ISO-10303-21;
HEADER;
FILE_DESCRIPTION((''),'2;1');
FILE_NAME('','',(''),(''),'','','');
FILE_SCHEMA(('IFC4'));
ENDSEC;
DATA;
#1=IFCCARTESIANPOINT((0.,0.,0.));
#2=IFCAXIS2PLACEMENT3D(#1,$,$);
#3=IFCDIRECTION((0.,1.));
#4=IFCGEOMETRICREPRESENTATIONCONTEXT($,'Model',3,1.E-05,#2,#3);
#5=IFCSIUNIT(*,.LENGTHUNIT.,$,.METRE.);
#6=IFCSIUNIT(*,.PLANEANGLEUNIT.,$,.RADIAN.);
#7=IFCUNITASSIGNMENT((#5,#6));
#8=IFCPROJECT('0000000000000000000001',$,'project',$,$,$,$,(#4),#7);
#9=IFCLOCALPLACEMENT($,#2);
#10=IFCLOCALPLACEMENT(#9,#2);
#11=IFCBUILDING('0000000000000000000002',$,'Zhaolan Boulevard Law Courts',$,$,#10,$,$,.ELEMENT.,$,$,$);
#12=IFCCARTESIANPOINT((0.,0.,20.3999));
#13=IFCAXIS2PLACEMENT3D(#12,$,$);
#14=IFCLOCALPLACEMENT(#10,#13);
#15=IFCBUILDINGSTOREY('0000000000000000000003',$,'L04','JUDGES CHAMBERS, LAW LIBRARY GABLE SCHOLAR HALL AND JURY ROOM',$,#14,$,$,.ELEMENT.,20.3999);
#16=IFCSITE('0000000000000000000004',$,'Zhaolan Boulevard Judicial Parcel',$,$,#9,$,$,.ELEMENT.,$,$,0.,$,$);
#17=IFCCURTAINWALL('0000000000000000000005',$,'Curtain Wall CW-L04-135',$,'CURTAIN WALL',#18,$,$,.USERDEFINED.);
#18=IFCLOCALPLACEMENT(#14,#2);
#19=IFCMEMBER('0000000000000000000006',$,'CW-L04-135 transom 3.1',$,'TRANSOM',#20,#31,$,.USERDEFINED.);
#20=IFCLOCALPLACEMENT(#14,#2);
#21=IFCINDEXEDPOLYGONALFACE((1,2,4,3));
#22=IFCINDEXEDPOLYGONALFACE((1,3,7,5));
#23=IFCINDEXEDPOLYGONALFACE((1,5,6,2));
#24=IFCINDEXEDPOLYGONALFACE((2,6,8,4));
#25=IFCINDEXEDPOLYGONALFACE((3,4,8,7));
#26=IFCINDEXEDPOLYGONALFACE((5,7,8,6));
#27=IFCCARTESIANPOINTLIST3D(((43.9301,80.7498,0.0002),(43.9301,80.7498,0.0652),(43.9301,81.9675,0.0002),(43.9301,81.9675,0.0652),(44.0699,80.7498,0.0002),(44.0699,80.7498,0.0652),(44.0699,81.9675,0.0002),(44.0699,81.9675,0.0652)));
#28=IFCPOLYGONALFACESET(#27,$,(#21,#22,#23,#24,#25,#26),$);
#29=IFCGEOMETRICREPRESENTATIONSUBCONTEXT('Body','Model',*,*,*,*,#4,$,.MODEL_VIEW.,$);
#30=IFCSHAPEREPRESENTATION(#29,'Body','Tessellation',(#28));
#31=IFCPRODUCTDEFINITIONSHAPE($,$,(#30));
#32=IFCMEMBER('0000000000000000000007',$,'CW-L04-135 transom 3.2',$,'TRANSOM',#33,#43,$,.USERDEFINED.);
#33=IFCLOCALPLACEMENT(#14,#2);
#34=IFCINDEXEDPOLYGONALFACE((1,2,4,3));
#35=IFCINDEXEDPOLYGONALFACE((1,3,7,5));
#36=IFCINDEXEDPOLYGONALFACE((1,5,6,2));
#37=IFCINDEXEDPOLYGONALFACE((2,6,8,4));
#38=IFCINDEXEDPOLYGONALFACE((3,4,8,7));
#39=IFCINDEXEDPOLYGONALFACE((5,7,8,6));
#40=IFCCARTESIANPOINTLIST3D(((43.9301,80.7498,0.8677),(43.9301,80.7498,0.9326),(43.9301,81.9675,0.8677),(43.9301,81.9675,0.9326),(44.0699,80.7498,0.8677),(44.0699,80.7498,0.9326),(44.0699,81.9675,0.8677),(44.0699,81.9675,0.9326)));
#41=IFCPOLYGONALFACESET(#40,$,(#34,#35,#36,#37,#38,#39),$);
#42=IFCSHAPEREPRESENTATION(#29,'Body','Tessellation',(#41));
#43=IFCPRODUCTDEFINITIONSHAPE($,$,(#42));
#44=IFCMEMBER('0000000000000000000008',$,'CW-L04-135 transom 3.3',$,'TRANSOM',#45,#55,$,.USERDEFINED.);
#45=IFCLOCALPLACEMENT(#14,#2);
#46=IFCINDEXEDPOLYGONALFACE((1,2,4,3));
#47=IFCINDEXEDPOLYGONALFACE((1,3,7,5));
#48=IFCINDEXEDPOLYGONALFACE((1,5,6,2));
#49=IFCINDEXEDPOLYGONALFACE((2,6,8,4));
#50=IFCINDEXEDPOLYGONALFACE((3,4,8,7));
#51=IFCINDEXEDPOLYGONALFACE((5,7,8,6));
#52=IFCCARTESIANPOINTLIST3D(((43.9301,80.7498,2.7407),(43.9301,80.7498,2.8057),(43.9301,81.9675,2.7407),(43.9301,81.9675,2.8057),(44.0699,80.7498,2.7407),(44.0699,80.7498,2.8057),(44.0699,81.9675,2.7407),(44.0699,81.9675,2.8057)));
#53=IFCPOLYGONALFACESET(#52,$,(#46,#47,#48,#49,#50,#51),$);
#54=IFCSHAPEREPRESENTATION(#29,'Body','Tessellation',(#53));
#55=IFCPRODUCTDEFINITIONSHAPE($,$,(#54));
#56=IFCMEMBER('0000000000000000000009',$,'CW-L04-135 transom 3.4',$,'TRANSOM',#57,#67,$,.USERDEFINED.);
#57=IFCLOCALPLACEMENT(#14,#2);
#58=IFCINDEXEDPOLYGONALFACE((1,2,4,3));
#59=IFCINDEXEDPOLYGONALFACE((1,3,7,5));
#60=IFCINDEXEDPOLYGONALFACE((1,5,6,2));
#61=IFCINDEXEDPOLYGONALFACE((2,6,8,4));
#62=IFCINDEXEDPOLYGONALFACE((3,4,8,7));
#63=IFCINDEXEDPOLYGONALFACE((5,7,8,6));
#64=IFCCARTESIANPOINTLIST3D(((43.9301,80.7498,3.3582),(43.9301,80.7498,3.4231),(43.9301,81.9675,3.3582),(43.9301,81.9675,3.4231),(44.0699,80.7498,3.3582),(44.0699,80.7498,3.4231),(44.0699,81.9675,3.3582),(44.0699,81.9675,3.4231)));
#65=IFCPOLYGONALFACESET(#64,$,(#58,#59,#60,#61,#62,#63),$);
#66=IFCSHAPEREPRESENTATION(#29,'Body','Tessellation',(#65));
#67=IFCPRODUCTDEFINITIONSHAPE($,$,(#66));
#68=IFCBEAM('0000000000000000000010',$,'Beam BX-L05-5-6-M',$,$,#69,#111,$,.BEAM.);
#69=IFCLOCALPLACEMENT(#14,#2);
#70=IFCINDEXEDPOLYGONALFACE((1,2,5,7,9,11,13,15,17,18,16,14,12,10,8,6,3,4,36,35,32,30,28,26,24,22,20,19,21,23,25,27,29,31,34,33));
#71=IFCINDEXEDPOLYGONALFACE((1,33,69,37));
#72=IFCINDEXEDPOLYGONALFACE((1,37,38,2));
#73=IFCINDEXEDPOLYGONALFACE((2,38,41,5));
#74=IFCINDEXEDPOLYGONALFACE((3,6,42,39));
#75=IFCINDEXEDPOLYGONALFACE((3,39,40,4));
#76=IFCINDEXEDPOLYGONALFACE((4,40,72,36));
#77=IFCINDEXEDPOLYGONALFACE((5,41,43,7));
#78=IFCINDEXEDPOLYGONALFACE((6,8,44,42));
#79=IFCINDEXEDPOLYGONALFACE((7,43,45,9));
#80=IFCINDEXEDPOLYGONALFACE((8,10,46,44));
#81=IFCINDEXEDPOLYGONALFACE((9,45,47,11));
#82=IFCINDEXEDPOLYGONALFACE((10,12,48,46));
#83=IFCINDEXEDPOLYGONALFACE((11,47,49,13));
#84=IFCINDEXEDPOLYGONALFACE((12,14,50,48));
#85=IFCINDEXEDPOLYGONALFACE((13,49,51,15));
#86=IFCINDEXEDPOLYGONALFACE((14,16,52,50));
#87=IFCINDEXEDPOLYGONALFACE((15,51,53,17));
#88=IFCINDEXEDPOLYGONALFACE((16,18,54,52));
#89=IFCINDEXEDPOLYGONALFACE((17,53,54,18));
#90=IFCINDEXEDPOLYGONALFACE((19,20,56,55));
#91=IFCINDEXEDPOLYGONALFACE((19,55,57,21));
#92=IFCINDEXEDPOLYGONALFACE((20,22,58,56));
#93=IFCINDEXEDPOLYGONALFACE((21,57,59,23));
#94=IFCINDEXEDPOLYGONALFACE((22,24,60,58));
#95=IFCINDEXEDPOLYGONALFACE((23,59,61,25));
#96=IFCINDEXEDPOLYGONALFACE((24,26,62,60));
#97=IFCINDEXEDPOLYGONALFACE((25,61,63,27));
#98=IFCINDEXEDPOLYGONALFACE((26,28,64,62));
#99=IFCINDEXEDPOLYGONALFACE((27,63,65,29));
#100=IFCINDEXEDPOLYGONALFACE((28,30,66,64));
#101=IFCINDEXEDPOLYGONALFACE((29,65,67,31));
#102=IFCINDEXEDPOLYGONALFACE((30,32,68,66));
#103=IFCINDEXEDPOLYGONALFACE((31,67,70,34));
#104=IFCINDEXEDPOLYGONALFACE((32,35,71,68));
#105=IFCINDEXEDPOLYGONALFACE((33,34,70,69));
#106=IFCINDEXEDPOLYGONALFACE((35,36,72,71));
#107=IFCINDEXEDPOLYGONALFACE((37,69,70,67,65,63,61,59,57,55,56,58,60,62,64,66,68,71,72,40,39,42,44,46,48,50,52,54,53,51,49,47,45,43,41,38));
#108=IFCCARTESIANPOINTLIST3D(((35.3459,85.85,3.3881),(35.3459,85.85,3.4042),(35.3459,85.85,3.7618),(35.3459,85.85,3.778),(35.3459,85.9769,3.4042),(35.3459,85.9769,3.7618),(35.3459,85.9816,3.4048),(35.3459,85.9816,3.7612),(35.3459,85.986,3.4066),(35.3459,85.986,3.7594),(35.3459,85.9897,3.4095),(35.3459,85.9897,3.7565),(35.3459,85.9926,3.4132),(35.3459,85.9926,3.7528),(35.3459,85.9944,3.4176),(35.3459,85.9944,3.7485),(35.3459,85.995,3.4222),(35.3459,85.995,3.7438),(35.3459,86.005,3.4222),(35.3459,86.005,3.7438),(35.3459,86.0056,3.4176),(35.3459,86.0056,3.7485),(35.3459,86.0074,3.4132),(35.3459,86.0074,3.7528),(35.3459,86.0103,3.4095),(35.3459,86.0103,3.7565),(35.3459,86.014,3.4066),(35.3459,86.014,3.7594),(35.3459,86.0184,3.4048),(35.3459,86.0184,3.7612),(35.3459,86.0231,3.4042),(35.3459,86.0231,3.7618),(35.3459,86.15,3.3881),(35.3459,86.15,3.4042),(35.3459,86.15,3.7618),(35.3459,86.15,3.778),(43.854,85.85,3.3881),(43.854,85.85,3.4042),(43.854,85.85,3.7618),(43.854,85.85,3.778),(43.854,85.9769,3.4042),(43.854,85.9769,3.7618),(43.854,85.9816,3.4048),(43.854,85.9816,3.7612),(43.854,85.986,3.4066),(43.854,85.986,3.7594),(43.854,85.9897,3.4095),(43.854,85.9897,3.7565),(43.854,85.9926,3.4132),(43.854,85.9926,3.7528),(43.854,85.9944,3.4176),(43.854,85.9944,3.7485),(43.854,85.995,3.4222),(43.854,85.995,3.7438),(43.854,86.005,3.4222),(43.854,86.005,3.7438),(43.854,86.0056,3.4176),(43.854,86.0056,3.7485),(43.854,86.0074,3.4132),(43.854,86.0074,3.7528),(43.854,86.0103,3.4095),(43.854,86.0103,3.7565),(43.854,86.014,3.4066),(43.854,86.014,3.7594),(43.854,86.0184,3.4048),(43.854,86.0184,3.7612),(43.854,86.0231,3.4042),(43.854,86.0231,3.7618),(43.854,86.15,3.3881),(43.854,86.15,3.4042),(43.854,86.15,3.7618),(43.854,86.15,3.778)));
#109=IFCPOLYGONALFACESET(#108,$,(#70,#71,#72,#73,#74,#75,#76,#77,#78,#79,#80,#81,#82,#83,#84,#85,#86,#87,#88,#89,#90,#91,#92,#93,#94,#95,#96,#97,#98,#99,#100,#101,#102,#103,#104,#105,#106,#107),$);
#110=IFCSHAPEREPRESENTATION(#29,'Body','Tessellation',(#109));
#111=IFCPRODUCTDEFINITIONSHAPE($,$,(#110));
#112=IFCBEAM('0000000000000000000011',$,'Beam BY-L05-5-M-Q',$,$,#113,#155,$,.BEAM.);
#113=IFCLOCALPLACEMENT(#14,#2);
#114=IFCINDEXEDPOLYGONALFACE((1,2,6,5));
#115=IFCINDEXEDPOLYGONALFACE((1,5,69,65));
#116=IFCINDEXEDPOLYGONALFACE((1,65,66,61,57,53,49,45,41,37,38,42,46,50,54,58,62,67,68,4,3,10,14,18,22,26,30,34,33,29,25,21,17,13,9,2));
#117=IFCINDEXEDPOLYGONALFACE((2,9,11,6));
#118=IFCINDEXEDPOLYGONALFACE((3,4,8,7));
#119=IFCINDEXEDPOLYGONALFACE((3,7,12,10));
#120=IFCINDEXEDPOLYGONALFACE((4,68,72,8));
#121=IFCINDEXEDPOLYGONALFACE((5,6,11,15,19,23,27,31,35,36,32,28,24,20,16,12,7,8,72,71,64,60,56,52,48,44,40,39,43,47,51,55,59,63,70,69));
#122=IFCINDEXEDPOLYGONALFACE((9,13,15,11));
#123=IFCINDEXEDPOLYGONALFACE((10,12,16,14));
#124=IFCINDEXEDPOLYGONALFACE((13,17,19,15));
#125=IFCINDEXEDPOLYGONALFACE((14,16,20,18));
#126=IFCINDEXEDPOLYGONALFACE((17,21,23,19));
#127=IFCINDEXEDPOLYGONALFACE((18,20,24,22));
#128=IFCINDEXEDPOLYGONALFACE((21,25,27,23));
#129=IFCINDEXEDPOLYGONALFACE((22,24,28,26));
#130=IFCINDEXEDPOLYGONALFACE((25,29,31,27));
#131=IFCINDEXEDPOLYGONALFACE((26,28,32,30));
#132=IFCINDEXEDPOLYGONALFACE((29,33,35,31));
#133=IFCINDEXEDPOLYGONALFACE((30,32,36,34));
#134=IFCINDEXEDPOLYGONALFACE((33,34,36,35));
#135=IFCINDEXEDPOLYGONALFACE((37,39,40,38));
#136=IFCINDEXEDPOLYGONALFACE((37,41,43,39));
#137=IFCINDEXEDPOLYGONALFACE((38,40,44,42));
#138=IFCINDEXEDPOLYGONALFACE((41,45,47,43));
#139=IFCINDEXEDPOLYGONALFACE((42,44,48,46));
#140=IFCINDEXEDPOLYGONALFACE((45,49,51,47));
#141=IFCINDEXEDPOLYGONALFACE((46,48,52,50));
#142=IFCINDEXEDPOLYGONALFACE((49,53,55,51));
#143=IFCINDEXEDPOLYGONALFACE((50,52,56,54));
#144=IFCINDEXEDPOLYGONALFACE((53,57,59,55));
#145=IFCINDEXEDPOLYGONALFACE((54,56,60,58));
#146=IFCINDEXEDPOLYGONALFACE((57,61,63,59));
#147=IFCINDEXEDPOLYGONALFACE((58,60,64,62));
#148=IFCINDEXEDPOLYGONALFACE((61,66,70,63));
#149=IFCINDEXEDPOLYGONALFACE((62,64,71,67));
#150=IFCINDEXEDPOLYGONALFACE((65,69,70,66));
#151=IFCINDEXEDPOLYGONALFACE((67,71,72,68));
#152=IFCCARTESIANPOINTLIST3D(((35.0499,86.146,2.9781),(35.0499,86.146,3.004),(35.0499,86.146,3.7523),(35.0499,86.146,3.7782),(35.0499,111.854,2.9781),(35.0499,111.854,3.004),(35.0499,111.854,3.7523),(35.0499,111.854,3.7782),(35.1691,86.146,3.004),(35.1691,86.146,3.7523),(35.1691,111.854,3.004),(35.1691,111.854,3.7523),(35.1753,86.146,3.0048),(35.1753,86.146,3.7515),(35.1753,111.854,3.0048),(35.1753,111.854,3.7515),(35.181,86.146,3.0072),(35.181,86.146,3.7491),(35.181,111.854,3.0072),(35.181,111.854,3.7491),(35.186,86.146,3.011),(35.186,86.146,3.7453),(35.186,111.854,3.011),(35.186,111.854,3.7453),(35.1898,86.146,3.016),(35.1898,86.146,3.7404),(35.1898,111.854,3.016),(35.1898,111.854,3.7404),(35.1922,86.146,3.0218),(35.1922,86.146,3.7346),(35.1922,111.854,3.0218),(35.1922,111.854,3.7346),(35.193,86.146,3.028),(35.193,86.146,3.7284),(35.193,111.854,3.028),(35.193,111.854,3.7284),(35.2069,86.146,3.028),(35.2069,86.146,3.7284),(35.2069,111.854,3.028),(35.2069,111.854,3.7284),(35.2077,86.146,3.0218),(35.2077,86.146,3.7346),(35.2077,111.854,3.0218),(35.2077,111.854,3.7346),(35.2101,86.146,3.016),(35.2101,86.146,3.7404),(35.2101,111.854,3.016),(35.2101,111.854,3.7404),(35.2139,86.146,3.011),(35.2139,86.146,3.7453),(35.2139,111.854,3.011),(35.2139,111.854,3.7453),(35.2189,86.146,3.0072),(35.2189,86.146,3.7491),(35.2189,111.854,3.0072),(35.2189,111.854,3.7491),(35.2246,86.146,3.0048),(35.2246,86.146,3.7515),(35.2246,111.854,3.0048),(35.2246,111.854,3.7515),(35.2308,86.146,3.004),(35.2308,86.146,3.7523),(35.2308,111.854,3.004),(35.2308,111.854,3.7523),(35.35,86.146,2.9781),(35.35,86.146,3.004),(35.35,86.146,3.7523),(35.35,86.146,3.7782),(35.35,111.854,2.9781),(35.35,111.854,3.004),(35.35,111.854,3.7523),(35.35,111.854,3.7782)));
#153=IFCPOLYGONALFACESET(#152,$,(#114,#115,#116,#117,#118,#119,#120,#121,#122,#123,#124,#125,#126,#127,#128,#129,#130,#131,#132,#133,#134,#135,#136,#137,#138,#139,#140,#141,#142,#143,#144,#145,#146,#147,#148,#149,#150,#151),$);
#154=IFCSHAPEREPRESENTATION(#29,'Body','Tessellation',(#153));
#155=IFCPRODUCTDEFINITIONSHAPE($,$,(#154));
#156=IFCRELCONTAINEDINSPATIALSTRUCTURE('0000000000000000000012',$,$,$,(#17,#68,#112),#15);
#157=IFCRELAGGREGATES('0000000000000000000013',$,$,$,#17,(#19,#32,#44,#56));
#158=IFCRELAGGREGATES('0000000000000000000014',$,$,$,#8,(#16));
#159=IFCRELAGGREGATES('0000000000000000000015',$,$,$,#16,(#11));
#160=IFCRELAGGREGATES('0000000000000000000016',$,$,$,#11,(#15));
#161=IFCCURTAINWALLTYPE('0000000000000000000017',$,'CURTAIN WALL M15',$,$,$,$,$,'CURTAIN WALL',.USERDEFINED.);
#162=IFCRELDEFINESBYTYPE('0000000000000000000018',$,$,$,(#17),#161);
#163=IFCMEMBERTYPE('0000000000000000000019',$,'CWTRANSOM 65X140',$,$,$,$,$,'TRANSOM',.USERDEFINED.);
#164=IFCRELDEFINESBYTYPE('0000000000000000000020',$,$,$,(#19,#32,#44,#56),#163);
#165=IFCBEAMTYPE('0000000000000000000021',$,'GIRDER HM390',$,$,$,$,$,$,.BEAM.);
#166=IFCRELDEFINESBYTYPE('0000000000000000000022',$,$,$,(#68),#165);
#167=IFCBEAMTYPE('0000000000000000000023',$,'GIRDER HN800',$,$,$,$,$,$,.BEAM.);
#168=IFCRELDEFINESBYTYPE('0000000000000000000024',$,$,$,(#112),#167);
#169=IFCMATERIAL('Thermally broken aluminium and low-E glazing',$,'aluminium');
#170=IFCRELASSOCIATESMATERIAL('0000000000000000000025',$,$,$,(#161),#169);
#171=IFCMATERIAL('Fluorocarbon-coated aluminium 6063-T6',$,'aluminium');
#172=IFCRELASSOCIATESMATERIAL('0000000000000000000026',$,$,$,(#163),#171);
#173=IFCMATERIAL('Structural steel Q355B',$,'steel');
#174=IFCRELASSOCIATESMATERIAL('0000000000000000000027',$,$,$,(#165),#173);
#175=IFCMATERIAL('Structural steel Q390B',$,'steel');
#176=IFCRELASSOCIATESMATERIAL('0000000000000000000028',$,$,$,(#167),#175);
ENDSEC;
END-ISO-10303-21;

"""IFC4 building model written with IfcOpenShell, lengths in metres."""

from ifc_helpers import new_model, si_unit, direction, frame, origin, origin_2d, place, context, subcontext, project, spatial, rectangle, i_section, extrude, material, material_profile, profile_set, type_object, element, aggregate, save


model = new_model("IFC4")

# Units and contexts
model_context = context("Model", 3, precision=1e-05, world=origin(), true_north=direction((0.0, 1.0)))
body_context = subcontext(model_context, "Body", "Model", "MODEL_VIEW")
ifc_project = project(units=[si_unit("LENGTHUNIT", "METRE"), si_unit("PLANEANGLEUNIT", "RADIAN")], contexts=[model_context])

# Site, building, storey
site_placement = place(None, origin())
site = spatial("IfcSite", under=ifc_project, at=site_placement, Name="Zhaolan Boulevard Judicial Parcel", CompositionType="ELEMENT", RefElevation=0.0)
building_placement = place(site_placement, origin())
building = spatial("IfcBuilding", under=site, at=building_placement, Name="Zhaolan Boulevard Law Courts", CompositionType="ELEMENT")
storey_placement = place(building_placement, frame((0.0, 0.0, 20.3999)))
storey = spatial("IfcBuildingStorey", under=building, at=storey_placement, Name="L04", Description="JUDGES CHAMBERS, LAW LIBRARY GABLE SCHOLAR HALL AND JURY ROOM", CompositionType="ELEMENT", Elevation=20.3999)

# Curtain wall, members
ifc_material_1 = material(Name="Thermally broken aluminium and low-E glazing", Category="aluminium")
curtain_wall_type = type_object("IfcCurtainWallType", Name="CURTAIN WALL M15", ElementType="CURTAIN WALL", PredefinedType="USERDEFINED", material=ifc_material_1)
curtain_wall_placement = place(storey_placement, origin())
curtain_wall = element("IfcCurtainWall", 1, at=curtain_wall_placement, inside=storey, type_object=curtain_wall_type, Name="Curtain Wall CW-L04-135", ObjectType="CURTAIN WALL", PredefinedType="USERDEFINED")
ifc_material_2 = material(Name="Fluorocarbon-coated aluminium 6063-T6", Category="aluminium")
ifc_material_profile_1 = material_profile(ifc_material_2, rectangle(XDim=0.1399, YDim=0.0649, at=origin_2d()), Name="AL65x140")
ifc_profile_set_1 = profile_set([ifc_material_profile_1], Name="Fluorocarbon-coated aluminium 6063-T6")
member_type_1 = type_object("IfcMemberType", Name="CWTRANSOM 65X140", ElementType="TRANSOM", PredefinedType="USERDEFINED", material=ifc_profile_set_1)
member_1_placement = place(storey_placement, frame((44.0, 80.7498, 0.0327), z_axis=(0.0, 1.0, 0.0), x_axis=(-1.0, 0.0, 0.0)))
member_1 = element("IfcMember", 2, at=member_1_placement, type_object=member_type_1, Name="CW-L04-135 transom 3.1", ObjectType="TRANSOM", PredefinedType="USERDEFINED", context=body_context, shape_type="SweptSolid", body=[
    extrude(rectangle(XDim=0.1399, YDim=0.0649, at=origin_2d()), origin(), (0.0, 0.0, 1.0), 1.2178),
])
member_2_placement = place(storey_placement, frame((44.0, 80.7498, 0.9001), z_axis=(0.0, 1.0, 0.0), x_axis=(-1.0, 0.0, 0.0)))
member_2 = element("IfcMember", 3, at=member_2_placement, type_object=member_type_1, Name="CW-L04-135 transom 3.2", ObjectType="TRANSOM", PredefinedType="USERDEFINED", context=body_context, shape_type="SweptSolid", body=[
    extrude(rectangle(XDim=0.1399, YDim=0.0649, at=origin_2d()), origin(), (0.0, 0.0, 1.0), 1.2178),
])
member_3_placement = place(storey_placement, frame((44.0, 80.7498, 2.7732), z_axis=(0.0, 1.0, 0.0), x_axis=(-1.0, 0.0, 0.0)))
member_3 = element("IfcMember", 4, at=member_3_placement, type_object=member_type_1, Name="CW-L04-135 transom 3.3", ObjectType="TRANSOM", PredefinedType="USERDEFINED", context=body_context, shape_type="SweptSolid", body=[
    extrude(rectangle(XDim=0.1399, YDim=0.0649, at=origin_2d()), origin(), (0.0, 0.0, 1.0), 1.2178),
])
member_4_placement = place(storey_placement, frame((44.0, 80.7498, 3.3906), z_axis=(0.0, 1.0, 0.0), x_axis=(-1.0, 0.0, 0.0)))
member_4 = element("IfcMember", 5, at=member_4_placement, type_object=member_type_1, Name="CW-L04-135 transom 3.4", ObjectType="TRANSOM", PredefinedType="USERDEFINED", context=body_context, shape_type="SweptSolid", body=[
    extrude(rectangle(XDim=0.1399, YDim=0.0649, at=origin_2d()), origin(), (0.0, 0.0, 1.0), 1.2178),
])

# Beams
ifc_material_3 = material(Name="Structural steel Q355B", Category="steel")
ifc_material_profile_2 = material_profile(ifc_material_3, i_section(OverallWidth=0.3, OverallDepth=0.3899, WebThickness=0.01, FlangeThickness=0.0161, FilletRadius=0.0181, at=origin_2d()), Name="HM390x300")
ifc_profile_set_2 = profile_set([ifc_material_profile_2], Name="Structural steel Q355B")
beam_type_1 = type_object("IfcBeamType", Name="GIRDER HM390", PredefinedType="BEAM", material=ifc_profile_set_2)
beam_1_placement = place(storey_placement, frame((35.3459, 86.0, 3.583), z_axis=(1.0, 0.0, 0.0), x_axis=(0.0, 1.0, 0.0)))
element("IfcBeam", 6, at=beam_1_placement, inside=storey, type_object=beam_type_1, Name="Beam BX-L05-5-6-M", PredefinedType="BEAM", context=body_context, shape_type="SweptSolid", body=[
    extrude(i_section(OverallWidth=0.3, OverallDepth=0.3899, WebThickness=0.01, FlangeThickness=0.0161, FilletRadius=0.0181, at=origin_2d()), origin(), (0.0, 0.0, 1.0), 8.5081),
])
ifc_material_4 = material(Name="Structural steel Q390B", Category="steel")
ifc_material_profile_3 = material_profile(ifc_material_4, i_section(OverallWidth=0.3, OverallDepth=0.8, WebThickness=0.0139, FlangeThickness=0.0259, FilletRadius=0.0239, at=origin_2d()), Name="HN800x300")
ifc_profile_set_3 = profile_set([ifc_material_profile_3], Name="Structural steel Q390B")
beam_type_2 = type_object("IfcBeamType", Name="GIRDER HN800", PredefinedType="BEAM", material=ifc_profile_set_3)
beam_2_placement = place(storey_placement, frame((35.2, 86.146, 3.3782), z_axis=(0.0, 1.0, 0.0), x_axis=(-1.0, 0.0, 0.0)))
element("IfcBeam", 7, at=beam_2_placement, inside=storey, type_object=beam_type_2, Name="Beam BY-L05-5-M-Q", PredefinedType="BEAM", context=body_context, shape_type="SweptSolid", body=[
    extrude(i_section(OverallWidth=0.3, OverallDepth=0.8, WebThickness=0.0139, FlangeThickness=0.0259, FilletRadius=0.0239, at=origin_2d()), origin(), (0.0, 0.0, 1.0), 25.708),
])

aggregate(curtain_wall, [member_1, member_2, member_3, member_4])

save(model, "model.ifc")
